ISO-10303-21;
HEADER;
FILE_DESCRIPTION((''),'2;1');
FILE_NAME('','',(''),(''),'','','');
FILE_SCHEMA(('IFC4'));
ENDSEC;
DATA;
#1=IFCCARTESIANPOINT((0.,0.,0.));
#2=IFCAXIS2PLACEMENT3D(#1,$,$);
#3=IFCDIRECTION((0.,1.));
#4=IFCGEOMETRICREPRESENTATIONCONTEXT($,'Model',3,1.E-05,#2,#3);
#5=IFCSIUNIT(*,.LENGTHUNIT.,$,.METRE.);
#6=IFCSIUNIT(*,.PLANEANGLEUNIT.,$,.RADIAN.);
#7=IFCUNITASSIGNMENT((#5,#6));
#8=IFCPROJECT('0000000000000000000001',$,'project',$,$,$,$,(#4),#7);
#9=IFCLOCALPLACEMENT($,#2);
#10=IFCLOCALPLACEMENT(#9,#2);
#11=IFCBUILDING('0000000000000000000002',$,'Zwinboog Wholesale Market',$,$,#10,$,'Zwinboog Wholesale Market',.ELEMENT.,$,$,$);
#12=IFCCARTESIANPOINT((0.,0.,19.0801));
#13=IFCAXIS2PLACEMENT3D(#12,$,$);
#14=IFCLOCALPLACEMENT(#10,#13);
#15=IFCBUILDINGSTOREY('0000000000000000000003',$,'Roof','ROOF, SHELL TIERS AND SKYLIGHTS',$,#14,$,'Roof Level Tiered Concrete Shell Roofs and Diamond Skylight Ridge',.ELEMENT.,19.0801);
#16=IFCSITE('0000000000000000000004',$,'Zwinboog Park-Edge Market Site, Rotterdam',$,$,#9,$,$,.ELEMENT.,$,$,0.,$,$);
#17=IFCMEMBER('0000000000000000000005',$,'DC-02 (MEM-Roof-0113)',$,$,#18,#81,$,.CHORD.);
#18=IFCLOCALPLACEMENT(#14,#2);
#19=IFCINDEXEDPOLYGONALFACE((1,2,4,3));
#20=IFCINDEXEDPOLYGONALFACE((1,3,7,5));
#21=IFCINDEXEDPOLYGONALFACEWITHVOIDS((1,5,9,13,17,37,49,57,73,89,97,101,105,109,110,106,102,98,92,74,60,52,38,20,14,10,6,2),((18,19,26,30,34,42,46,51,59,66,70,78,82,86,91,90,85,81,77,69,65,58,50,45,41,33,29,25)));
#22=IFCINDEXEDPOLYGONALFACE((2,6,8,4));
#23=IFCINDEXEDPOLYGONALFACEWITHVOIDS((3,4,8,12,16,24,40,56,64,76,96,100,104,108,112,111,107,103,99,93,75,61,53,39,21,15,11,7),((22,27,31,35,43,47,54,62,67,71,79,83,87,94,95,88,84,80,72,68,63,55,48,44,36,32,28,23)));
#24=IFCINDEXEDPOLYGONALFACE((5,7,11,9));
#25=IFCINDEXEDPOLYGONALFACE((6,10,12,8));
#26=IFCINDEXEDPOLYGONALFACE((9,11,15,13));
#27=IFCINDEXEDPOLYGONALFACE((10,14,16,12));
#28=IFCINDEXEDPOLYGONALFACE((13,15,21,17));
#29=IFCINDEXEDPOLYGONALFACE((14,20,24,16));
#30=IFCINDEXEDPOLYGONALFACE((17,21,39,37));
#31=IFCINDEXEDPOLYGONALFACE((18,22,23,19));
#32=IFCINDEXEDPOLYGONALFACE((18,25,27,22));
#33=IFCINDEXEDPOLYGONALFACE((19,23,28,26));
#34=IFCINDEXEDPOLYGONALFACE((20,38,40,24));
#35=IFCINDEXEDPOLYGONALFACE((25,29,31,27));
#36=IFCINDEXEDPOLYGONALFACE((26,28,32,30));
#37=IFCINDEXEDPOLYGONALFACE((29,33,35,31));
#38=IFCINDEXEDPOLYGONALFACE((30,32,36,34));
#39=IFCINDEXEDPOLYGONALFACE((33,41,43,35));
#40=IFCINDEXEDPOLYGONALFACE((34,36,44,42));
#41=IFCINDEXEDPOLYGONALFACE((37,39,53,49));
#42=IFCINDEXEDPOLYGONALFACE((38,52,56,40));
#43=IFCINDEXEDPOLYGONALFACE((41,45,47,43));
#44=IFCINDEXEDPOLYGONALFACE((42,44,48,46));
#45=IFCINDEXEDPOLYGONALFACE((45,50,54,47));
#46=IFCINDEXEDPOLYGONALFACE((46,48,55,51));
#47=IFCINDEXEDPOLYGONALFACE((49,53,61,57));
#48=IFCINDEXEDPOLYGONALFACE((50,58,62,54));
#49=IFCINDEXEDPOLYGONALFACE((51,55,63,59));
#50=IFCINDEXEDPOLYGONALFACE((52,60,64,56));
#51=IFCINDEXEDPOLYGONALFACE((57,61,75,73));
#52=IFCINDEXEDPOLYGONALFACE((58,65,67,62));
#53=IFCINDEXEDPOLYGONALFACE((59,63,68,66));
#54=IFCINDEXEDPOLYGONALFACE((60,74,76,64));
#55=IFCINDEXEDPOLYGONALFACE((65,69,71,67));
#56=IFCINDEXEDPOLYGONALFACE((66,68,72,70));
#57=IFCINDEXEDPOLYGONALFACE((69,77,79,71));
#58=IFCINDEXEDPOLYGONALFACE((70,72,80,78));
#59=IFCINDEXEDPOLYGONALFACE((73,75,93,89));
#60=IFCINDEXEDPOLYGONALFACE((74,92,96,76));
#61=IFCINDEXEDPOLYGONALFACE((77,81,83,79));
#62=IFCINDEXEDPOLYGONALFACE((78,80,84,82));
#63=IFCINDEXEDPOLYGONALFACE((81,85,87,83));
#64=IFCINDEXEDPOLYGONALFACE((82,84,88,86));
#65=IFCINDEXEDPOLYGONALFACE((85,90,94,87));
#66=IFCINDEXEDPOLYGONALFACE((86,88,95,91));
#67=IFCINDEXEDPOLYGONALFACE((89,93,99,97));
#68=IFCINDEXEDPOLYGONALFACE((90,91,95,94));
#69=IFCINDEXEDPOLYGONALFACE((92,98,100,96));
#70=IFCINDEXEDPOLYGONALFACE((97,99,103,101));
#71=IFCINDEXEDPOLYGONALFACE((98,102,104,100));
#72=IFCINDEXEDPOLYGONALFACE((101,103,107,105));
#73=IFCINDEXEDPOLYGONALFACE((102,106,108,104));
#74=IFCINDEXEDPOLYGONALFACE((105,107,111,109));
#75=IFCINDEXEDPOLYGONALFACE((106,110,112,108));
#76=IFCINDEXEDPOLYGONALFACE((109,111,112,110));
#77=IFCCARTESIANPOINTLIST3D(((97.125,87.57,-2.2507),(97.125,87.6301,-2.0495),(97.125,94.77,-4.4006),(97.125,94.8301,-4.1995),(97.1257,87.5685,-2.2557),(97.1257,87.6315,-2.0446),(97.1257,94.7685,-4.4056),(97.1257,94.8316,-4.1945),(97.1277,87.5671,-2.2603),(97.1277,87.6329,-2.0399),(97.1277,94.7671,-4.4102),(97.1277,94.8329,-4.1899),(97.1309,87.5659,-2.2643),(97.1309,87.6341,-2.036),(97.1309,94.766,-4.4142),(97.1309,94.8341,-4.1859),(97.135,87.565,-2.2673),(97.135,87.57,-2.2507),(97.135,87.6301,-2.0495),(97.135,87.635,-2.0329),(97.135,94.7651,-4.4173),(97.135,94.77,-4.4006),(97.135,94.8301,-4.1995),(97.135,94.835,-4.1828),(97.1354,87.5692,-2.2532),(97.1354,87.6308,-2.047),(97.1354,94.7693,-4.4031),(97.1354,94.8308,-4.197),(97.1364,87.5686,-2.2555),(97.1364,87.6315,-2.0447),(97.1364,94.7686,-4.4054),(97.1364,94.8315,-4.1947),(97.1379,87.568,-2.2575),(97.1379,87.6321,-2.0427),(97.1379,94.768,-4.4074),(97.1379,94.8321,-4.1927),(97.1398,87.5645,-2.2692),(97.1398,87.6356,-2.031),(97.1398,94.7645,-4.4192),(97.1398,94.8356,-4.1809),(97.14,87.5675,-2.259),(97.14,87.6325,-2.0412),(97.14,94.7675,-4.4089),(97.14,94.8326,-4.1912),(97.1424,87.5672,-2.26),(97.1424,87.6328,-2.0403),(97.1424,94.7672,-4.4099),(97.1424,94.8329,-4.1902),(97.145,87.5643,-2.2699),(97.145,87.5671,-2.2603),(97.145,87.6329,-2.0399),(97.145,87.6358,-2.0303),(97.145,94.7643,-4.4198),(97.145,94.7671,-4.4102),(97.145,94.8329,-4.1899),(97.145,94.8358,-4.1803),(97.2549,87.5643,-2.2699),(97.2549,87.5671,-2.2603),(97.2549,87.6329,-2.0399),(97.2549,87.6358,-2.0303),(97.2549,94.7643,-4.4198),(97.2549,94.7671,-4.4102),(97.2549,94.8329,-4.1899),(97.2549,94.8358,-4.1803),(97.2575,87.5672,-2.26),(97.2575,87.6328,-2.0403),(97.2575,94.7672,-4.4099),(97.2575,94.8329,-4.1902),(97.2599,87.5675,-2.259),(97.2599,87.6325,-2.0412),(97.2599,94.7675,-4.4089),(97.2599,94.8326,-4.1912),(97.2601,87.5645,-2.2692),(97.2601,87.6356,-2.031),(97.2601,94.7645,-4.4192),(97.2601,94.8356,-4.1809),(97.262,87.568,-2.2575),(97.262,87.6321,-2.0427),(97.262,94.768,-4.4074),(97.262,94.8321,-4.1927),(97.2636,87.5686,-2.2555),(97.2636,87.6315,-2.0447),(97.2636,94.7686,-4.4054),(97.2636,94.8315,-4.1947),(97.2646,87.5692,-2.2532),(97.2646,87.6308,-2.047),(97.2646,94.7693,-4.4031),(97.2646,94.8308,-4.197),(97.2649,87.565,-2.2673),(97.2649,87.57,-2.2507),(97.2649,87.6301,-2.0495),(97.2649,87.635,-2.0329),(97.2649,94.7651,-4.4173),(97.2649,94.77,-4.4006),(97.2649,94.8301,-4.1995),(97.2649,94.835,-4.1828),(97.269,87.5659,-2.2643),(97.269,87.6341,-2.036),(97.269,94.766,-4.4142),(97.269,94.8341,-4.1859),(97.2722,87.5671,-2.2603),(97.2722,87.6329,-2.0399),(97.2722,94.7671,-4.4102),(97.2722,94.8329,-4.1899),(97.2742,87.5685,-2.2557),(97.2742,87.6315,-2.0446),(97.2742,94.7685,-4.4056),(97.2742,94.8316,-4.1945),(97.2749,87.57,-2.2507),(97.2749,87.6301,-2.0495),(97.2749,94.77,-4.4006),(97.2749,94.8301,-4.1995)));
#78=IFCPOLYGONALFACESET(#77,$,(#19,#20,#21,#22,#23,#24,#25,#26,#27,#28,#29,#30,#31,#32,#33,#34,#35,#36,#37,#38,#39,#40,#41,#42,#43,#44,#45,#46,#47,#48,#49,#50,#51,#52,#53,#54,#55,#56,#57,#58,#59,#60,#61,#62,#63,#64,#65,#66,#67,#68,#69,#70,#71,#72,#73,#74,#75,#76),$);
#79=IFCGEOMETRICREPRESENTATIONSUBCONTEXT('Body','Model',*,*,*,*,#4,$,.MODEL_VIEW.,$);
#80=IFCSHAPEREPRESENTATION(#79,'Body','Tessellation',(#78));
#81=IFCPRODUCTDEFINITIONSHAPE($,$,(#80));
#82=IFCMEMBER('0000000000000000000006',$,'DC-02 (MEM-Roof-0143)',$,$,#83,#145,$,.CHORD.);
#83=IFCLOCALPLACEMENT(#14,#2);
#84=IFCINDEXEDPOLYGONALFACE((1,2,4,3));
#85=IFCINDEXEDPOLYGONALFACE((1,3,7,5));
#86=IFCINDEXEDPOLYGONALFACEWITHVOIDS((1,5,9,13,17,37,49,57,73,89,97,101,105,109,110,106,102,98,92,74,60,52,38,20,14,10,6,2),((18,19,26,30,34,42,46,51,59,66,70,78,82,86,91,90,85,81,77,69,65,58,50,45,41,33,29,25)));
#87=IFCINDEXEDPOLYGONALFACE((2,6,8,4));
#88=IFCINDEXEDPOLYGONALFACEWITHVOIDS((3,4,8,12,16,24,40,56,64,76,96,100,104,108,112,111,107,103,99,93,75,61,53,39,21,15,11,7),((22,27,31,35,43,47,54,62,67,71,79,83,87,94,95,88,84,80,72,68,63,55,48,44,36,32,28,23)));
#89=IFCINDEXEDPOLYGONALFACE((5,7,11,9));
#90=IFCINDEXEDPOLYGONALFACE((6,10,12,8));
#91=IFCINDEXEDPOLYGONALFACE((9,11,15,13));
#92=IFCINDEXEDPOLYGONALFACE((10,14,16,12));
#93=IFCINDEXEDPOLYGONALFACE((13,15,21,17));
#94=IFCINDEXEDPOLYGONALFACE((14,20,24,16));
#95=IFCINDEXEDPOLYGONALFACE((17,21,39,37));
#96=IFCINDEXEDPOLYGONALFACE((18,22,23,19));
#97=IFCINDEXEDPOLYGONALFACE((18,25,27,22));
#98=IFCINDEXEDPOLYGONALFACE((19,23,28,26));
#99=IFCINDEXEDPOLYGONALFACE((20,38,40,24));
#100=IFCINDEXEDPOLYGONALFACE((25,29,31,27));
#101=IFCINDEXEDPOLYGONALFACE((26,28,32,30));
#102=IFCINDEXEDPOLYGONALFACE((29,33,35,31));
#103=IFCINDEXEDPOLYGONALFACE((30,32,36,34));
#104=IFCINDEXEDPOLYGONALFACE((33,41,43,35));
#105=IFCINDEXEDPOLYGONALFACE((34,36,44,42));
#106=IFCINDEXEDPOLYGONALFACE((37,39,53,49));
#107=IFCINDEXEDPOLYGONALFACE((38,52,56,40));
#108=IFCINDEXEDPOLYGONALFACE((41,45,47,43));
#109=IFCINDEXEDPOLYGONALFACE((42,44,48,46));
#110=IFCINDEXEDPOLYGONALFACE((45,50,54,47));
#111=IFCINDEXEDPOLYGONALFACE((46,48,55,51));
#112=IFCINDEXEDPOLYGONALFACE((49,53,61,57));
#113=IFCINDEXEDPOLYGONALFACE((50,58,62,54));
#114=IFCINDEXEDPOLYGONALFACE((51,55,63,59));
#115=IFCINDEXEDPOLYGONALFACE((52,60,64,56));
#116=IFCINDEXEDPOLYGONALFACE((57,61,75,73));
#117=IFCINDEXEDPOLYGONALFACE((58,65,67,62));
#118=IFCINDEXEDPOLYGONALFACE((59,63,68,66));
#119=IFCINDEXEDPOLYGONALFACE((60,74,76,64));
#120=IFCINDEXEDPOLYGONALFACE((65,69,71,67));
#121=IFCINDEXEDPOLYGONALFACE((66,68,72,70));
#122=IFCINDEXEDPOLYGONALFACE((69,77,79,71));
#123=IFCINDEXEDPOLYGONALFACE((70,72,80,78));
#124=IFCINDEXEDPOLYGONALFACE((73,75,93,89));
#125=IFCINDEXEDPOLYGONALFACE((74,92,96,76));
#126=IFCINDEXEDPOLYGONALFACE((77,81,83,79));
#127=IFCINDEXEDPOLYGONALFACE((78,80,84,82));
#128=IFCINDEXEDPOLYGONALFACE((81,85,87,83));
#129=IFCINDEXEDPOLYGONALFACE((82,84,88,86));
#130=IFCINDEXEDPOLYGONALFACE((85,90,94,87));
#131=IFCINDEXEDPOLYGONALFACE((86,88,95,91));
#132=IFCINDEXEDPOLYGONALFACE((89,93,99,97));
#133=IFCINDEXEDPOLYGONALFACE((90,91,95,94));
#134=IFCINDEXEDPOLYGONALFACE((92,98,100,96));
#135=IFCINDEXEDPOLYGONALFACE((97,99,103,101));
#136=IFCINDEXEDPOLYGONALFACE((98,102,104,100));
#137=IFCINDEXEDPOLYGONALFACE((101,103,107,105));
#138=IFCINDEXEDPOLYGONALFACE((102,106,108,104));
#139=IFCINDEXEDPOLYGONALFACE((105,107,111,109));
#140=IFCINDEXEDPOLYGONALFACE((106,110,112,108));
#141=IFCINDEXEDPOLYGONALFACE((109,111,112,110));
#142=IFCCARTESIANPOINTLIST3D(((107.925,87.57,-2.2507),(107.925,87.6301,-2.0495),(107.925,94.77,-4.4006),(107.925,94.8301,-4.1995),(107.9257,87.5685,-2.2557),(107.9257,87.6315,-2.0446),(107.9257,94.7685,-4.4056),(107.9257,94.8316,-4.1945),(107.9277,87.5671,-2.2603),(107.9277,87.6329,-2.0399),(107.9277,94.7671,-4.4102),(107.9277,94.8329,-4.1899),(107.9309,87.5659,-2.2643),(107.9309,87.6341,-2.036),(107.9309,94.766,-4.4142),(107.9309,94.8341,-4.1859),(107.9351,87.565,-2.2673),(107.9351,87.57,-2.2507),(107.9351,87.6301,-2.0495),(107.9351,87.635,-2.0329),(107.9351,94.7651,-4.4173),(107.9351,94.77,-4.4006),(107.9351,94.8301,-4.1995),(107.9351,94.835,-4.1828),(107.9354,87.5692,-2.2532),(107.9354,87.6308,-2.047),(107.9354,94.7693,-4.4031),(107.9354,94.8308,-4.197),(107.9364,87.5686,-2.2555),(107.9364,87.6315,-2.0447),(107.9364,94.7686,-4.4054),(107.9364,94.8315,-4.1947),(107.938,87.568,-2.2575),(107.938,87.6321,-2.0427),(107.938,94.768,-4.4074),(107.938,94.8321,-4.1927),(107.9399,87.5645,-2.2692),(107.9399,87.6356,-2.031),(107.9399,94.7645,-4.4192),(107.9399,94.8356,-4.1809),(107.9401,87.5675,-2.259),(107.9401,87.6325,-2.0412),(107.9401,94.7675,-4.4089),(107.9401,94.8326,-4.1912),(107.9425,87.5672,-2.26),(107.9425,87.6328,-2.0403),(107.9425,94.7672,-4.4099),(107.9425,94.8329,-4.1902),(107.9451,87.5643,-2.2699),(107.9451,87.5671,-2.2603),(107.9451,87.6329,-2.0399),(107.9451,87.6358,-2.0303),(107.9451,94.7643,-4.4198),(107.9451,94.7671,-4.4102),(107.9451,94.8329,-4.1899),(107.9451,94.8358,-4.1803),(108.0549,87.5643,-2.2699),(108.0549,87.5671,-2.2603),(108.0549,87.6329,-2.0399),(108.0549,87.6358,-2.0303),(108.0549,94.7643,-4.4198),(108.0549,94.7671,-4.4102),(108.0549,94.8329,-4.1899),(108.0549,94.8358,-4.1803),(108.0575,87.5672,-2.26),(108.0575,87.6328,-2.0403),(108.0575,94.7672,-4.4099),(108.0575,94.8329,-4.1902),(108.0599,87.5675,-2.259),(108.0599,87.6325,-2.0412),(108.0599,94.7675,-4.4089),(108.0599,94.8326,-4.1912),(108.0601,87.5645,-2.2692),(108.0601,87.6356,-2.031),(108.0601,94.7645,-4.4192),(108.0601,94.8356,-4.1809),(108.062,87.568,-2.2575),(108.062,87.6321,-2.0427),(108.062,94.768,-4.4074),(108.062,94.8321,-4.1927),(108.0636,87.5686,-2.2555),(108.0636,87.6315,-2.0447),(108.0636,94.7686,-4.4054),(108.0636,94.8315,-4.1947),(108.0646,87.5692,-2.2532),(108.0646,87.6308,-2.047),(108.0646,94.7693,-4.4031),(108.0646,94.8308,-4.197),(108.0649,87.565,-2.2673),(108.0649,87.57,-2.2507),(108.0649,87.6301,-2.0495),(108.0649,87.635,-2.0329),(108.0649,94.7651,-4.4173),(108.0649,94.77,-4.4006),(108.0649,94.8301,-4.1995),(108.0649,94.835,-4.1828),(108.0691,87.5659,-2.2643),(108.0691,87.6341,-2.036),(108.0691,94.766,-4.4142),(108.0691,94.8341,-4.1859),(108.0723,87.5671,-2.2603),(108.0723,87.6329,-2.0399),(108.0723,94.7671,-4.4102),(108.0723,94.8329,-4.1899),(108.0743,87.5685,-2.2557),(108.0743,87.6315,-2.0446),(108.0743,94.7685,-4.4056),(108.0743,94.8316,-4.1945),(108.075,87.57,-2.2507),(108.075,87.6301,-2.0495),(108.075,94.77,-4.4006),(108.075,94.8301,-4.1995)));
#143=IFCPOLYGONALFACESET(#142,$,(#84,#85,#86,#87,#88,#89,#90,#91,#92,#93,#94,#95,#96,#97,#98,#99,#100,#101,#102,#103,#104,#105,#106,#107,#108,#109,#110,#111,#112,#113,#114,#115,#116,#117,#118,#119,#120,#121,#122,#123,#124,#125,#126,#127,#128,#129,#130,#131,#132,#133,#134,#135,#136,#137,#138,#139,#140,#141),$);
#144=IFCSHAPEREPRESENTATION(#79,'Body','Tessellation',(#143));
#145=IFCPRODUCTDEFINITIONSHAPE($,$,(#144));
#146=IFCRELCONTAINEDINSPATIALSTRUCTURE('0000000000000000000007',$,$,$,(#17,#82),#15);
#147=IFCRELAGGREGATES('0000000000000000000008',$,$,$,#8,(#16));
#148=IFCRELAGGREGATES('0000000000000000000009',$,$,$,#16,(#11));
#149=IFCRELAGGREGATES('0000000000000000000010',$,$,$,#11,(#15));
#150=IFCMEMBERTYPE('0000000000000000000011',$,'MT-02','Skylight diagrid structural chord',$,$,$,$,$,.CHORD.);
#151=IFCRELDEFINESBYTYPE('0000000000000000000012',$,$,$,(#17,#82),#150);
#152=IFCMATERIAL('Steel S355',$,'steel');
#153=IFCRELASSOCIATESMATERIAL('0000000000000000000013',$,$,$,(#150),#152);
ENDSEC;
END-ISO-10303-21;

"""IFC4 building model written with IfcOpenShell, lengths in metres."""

from ifc_helpers import new_model, si_unit, direction, frame, origin, origin_2d, place, context, subcontext, project, spatial, hollow_rectangle, extrude, material, material_profile, profile_set, type_object, element, save


model = new_model("IFC4")

# Units and contexts
model_context = context("Model", 3, precision=1e-05, world=origin(), true_north=direction((0.0, 1.0)))
body_context = subcontext(model_context, "Body", "Model", "MODEL_VIEW")
ifc_project = project(units=[si_unit("LENGTHUNIT", "METRE"), si_unit("PLANEANGLEUNIT", "RADIAN")], contexts=[model_context])

# Site, building, storey
site_placement = place(None, origin())
site = spatial("IfcSite", under=ifc_project, at=site_placement, Name="Zwinboog Park-Edge Market Site, Rotterdam", CompositionType="ELEMENT", RefElevation=0.0)
building_placement = place(site_placement, origin())
building = spatial("IfcBuilding", under=site, at=building_placement, Name="Zwinboog Wholesale Market", LongName="Zwinboog Wholesale Market", CompositionType="ELEMENT")
storey_placement = place(building_placement, frame((0.0, 0.0, 19.0801)))
storey = spatial("IfcBuildingStorey", under=building, at=storey_placement, Name="Roof", Description="ROOF, SHELL TIERS AND SKYLIGHTS", LongName="Roof Level Tiered Concrete Shell Roofs and Diamond Skylight Ridge", CompositionType="ELEMENT", Elevation=19.0801)

# Members
ifc_material_1 = material(Name="Steel S355", Category="steel")
ifc_material_profile_1 = material_profile(ifc_material_1, hollow_rectangle(XDim=0.1499, YDim=0.25, WallThickness=0.01, InnerFilletRadius=0.01, OuterFilletRadius=0.02, at=origin_2d()), Name="RHS 250x150x10")
ifc_profile_set_1 = profile_set([ifc_material_profile_1], Name="Steel S355")
member_type_1 = type_object("IfcMemberType", Name="MT-02", Description="Skylight diagrid structural chord", PredefinedType="CHORD", material=ifc_profile_set_1)
for number, where, z_axis, x_axis, name in (
    (1, (97.2, 94.8, -4.3), (0.0, -0.958195, 0.286117), (1.0, 0.0, 0.0), "DC-02 (MEM-Roof-0113)"),
    (2, (108.0, 94.8, -4.3), (0.0, -0.958195, 0.286117), (1.0, 0.0, 0.0), "DC-02 (MEM-Roof-0143)"),
):
    element("IfcMember", number, at=place(storey_placement, frame(where, z_axis=z_axis, x_axis=x_axis)), inside=storey, type_object=member_type_1, Name=name, PredefinedType="CHORD", context=body_context, shape_type="SweptSolid", body=[
        extrude(hollow_rectangle(XDim=0.1499, YDim=0.25, WallThickness=0.01, InnerFilletRadius=0.01, OuterFilletRadius=0.02, at=origin_2d()), origin(), (0.0, 0.0, 1.0), 7.5142),
    ])

save(model, "model.ifc")
